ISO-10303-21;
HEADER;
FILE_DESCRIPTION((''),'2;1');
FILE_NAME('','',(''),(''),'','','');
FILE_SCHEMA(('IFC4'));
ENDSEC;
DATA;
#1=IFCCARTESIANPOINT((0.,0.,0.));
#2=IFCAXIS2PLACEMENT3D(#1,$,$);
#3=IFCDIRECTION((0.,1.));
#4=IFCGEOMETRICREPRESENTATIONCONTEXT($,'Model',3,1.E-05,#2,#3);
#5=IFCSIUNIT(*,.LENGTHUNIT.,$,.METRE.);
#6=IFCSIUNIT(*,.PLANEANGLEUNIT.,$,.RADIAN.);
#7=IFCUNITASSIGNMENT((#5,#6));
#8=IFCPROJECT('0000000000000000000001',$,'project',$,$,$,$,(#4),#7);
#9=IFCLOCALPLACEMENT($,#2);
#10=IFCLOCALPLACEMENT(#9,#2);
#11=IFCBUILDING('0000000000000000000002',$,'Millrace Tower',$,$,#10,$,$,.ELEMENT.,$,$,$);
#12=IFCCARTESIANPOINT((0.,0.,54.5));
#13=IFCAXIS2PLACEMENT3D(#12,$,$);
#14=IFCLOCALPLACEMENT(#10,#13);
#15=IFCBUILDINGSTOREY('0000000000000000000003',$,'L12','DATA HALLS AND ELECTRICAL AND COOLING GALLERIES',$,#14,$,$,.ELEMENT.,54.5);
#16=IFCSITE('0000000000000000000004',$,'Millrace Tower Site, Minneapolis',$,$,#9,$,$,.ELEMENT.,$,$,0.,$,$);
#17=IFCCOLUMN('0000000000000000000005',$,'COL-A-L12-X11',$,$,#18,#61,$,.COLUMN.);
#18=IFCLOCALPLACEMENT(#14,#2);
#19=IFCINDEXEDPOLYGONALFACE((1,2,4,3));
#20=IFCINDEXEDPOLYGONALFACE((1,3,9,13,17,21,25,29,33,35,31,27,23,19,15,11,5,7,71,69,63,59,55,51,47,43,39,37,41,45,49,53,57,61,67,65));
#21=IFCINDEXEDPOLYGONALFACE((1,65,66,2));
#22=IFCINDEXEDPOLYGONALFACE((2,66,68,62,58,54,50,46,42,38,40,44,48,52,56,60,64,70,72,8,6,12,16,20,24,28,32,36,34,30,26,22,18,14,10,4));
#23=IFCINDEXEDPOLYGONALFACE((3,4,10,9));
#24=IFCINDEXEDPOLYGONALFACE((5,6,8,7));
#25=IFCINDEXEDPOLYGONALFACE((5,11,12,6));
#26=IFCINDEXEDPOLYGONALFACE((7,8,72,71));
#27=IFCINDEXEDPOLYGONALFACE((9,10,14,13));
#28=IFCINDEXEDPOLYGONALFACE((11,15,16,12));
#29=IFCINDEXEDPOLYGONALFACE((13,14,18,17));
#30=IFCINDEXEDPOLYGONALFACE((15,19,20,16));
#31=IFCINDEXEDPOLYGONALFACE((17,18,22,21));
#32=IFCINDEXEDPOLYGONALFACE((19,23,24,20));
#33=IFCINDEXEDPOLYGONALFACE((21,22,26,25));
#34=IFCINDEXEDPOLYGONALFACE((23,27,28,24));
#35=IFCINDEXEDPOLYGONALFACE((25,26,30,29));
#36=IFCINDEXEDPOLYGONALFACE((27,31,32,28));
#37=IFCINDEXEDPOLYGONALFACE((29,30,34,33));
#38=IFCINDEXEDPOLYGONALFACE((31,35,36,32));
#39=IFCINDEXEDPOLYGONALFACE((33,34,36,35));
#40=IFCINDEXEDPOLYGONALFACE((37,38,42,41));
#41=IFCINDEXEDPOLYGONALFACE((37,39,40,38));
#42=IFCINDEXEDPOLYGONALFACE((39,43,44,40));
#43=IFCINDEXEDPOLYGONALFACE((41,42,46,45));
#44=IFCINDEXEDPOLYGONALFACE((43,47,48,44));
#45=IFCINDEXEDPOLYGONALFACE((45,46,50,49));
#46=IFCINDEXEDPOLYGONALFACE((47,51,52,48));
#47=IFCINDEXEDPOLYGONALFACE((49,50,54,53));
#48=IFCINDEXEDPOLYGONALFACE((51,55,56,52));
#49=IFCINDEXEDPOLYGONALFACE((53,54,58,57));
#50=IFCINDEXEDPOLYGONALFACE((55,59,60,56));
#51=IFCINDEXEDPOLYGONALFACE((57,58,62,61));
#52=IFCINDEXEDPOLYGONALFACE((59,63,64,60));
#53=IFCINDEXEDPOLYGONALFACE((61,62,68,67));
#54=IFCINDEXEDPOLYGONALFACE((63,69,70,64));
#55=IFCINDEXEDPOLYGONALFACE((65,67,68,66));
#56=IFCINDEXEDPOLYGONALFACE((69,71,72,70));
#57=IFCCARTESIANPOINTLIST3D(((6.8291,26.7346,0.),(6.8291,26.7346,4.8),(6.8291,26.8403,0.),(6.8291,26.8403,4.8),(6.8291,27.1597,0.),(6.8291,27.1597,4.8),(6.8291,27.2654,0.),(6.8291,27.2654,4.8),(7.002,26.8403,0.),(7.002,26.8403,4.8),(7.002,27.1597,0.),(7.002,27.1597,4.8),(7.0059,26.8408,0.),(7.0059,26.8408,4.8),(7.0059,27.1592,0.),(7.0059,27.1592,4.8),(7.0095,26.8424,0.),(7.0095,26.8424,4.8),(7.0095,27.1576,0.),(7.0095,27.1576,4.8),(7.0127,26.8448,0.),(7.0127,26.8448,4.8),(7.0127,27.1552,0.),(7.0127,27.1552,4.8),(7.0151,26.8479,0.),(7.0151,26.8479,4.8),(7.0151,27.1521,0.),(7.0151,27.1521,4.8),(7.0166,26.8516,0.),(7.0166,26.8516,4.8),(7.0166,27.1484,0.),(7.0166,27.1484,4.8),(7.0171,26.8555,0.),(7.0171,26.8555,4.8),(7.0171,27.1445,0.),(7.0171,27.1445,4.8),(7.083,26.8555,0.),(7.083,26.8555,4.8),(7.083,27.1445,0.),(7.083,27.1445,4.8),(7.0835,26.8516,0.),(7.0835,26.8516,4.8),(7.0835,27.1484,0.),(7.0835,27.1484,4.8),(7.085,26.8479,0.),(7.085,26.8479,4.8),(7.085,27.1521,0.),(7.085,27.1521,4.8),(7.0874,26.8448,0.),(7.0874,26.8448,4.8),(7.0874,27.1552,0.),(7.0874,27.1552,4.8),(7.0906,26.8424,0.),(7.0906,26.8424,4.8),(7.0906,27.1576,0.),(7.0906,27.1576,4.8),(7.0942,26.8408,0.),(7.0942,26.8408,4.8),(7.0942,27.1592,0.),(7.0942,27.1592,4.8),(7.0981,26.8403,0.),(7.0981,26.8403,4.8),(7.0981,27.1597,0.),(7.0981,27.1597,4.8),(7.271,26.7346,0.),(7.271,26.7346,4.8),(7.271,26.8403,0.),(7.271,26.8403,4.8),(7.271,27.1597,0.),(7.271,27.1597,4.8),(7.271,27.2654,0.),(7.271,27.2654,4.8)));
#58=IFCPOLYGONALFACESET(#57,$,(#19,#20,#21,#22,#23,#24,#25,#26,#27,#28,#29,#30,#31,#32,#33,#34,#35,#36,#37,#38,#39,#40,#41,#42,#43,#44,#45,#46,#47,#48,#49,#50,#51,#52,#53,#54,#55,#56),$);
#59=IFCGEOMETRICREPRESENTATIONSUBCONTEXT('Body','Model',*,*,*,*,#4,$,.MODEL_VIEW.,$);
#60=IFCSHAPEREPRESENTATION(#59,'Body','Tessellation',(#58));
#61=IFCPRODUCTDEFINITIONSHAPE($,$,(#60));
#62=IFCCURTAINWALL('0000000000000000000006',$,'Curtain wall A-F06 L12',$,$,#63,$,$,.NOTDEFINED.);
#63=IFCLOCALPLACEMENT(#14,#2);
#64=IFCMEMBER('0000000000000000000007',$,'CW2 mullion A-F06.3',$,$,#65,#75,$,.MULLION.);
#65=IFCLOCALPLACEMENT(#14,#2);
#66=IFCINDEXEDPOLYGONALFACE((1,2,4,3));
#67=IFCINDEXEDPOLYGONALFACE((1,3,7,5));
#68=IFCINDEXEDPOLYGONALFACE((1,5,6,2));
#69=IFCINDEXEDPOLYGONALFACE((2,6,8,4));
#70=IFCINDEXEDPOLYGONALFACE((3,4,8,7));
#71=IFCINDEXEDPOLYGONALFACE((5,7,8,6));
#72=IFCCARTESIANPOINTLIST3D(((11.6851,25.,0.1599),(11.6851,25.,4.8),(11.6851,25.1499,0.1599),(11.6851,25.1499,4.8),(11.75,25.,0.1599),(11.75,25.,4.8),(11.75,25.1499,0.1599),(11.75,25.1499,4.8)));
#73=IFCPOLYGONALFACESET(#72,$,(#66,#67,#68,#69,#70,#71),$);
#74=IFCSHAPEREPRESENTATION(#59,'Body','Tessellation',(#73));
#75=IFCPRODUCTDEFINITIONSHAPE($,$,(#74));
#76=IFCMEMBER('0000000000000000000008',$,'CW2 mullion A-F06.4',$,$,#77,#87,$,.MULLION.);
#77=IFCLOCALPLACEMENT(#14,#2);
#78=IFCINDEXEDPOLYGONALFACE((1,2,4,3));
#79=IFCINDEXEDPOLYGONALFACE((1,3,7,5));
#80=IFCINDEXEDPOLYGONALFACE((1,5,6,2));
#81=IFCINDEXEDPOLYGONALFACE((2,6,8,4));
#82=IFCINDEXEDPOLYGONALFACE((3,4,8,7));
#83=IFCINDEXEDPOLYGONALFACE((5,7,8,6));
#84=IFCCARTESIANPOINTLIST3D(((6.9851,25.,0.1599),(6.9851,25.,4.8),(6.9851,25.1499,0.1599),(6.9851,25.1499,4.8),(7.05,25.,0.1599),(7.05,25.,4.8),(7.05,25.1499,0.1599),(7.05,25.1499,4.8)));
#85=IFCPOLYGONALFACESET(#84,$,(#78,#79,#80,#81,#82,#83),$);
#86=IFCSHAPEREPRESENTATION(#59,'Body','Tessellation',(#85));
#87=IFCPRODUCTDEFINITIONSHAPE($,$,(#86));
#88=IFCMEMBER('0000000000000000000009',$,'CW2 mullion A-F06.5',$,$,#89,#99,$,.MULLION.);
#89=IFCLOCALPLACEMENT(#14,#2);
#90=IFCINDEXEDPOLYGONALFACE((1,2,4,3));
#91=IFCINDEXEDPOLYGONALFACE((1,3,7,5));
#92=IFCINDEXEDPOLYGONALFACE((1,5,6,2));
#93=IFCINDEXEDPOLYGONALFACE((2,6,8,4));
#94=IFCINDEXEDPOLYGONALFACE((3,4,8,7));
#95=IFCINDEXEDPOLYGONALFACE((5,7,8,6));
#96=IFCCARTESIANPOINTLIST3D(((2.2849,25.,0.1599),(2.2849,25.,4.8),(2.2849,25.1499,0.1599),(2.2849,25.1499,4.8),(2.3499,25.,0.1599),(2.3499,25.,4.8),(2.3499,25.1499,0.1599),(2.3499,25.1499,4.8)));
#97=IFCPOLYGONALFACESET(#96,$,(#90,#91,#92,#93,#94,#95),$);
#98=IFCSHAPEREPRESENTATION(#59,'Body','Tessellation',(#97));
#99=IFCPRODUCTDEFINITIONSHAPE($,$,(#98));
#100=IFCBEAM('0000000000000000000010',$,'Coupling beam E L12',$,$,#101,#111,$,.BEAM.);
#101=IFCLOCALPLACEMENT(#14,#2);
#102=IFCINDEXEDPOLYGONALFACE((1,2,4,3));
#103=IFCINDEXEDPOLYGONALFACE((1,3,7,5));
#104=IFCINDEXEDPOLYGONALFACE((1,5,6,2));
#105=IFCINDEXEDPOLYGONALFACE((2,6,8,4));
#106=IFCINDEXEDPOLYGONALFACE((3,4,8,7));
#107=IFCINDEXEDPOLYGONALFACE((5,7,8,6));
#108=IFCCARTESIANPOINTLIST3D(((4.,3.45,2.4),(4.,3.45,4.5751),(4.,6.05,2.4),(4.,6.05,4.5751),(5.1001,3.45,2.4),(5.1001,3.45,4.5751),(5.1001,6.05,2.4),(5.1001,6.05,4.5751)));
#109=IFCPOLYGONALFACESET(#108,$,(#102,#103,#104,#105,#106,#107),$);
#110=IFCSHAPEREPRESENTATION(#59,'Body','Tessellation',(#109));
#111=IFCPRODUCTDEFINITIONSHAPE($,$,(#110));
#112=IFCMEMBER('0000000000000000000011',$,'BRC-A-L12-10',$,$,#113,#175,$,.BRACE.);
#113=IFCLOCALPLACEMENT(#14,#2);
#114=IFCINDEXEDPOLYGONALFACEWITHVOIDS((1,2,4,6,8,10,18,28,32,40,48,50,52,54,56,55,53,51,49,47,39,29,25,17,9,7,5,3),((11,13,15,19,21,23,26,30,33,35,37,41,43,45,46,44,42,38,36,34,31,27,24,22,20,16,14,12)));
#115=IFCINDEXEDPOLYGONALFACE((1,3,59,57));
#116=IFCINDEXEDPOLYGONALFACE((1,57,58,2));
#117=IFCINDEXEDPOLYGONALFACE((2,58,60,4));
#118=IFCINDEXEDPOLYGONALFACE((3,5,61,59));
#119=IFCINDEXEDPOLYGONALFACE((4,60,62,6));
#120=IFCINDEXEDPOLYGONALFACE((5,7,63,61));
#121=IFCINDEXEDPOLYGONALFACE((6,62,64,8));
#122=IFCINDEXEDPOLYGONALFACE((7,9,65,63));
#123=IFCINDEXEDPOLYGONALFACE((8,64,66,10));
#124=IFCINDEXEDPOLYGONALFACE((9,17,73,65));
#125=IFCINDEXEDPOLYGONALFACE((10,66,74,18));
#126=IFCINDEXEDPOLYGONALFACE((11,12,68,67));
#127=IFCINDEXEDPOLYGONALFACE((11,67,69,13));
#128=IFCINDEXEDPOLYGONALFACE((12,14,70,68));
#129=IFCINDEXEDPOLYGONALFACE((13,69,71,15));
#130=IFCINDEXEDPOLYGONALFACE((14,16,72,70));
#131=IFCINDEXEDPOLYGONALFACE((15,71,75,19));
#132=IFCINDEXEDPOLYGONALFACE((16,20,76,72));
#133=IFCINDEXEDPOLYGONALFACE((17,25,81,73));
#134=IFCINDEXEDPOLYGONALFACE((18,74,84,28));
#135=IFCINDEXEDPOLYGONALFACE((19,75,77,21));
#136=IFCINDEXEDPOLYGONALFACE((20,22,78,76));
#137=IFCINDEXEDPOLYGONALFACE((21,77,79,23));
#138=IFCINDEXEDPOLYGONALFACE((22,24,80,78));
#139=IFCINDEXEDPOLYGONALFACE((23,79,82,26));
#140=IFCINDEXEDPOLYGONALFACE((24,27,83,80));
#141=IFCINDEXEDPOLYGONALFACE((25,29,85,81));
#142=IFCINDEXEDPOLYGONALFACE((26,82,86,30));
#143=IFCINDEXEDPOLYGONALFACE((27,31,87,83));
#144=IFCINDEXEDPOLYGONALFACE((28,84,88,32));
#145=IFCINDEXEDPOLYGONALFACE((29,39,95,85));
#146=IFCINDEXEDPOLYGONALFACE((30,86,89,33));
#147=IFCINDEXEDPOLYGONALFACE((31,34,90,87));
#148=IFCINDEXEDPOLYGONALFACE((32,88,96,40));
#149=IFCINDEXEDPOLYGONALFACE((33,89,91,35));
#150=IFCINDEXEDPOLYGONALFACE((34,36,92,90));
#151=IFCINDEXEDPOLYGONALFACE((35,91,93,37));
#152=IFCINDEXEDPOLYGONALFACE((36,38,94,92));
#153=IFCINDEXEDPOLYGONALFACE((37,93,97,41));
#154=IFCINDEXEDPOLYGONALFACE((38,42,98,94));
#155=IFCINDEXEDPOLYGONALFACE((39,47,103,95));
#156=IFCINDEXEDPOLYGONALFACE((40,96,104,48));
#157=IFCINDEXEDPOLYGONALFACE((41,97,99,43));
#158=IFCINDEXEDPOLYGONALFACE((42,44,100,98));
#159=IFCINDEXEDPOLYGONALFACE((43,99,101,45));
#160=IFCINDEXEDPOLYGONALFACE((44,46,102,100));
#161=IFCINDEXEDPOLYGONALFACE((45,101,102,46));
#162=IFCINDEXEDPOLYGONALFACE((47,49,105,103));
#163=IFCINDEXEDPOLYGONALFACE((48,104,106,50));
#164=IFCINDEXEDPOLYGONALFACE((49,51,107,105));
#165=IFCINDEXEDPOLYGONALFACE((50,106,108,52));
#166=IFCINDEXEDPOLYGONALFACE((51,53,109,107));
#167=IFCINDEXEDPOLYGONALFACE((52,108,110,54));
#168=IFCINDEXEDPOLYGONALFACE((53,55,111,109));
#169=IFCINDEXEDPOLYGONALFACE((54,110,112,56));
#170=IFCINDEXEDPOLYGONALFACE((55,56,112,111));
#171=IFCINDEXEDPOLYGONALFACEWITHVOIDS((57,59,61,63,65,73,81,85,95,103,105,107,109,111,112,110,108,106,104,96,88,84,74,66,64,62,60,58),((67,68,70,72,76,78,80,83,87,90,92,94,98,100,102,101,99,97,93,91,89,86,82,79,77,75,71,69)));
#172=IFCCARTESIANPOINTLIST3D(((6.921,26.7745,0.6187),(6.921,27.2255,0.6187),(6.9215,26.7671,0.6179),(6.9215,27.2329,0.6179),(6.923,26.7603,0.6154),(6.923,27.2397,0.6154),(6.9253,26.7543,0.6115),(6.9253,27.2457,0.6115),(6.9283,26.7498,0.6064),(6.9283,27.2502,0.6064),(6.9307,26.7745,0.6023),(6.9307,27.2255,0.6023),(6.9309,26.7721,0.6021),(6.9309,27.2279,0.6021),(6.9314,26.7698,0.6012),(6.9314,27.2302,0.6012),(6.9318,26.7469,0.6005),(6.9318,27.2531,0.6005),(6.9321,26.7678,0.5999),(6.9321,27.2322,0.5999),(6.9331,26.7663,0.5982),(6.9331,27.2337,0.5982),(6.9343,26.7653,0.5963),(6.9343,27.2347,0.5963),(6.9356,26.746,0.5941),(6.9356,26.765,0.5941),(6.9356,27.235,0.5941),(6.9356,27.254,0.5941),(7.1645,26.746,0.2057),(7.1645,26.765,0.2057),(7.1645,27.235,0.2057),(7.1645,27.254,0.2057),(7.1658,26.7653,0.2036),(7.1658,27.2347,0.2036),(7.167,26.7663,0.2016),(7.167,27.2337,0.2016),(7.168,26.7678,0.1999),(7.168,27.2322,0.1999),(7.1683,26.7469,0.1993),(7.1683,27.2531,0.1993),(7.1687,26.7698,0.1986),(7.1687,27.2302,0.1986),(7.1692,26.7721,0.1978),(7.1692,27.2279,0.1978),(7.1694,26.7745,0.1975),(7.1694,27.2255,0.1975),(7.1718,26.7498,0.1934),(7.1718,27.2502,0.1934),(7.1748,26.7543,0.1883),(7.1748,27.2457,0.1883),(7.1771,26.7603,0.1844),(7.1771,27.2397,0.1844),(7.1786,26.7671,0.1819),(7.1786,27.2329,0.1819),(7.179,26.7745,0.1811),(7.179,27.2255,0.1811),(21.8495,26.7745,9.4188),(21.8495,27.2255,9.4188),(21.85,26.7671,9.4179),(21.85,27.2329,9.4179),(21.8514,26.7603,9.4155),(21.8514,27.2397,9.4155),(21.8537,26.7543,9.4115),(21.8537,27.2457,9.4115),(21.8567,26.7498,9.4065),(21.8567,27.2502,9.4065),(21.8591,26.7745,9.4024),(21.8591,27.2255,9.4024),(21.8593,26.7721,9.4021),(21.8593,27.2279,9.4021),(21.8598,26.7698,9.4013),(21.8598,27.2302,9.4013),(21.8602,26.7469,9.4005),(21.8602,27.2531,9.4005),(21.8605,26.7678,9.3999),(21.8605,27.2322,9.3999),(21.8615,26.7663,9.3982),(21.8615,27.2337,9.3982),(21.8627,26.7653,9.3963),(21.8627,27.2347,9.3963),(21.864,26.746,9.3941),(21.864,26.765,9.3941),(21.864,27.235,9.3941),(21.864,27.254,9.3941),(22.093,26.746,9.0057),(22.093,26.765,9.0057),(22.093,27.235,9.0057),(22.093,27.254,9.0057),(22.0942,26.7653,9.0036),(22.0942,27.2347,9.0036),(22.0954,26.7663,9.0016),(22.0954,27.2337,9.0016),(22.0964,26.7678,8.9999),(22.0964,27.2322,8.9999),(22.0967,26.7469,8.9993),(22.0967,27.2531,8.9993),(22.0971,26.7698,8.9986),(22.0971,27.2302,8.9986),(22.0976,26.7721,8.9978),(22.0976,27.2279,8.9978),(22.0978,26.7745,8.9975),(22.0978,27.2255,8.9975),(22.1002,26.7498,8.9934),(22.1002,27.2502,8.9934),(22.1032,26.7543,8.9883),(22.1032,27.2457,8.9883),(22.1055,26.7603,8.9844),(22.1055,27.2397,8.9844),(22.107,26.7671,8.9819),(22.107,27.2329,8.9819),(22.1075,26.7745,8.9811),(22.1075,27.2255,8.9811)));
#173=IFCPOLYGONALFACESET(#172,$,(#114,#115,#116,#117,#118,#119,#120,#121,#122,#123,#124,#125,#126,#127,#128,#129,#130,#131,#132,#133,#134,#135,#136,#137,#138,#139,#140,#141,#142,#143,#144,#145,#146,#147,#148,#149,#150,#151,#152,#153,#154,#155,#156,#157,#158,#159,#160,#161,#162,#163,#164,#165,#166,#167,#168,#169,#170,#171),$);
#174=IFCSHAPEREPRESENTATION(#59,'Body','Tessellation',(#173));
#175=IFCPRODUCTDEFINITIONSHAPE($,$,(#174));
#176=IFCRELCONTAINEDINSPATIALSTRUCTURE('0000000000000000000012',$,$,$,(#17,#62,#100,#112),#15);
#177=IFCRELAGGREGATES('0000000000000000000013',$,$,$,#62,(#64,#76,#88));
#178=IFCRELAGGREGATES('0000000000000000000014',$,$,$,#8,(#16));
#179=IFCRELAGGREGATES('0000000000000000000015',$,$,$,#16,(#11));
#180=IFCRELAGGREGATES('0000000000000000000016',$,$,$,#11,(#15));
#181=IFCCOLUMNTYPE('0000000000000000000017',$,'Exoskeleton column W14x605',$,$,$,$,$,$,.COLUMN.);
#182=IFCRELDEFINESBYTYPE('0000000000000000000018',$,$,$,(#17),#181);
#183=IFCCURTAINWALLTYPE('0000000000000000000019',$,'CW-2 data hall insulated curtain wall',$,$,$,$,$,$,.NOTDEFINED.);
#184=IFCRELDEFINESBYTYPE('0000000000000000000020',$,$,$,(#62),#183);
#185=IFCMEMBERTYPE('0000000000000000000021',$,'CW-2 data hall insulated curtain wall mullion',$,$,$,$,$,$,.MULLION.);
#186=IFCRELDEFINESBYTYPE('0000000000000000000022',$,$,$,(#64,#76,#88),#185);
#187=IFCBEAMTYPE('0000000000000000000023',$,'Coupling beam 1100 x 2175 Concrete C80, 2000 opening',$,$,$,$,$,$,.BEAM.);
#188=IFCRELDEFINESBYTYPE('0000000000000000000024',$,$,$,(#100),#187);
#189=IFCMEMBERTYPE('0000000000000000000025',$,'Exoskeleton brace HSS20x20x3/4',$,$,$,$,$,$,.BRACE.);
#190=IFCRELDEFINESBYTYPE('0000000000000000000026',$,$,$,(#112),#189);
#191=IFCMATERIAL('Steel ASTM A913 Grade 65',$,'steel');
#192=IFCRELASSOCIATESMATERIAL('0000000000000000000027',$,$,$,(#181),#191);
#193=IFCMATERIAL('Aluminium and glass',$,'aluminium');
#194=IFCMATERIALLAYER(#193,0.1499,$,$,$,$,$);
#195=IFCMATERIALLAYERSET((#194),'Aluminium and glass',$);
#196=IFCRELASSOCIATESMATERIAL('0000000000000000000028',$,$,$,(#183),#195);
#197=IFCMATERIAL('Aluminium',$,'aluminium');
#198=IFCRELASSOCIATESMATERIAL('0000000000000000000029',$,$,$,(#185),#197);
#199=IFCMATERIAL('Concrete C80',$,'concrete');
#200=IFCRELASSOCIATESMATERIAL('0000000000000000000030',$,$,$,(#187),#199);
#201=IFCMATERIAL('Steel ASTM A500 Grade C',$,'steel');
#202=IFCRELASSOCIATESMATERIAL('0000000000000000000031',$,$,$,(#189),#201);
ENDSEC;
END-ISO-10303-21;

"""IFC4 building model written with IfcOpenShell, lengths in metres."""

from ifc_helpers import new_model, si_unit, direction, frame, origin, origin_2d, place, context, subcontext, project, spatial, rectangle, hollow_rectangle, i_section, extrude, material, layer, layer_set, material_profile, profile_set, type_object, element, aggregate, save


model = new_model("IFC4")

# Units and contexts
model_context = context("Model", 3, precision=1e-05, world=origin(), true_north=direction((0.0, 1.0)))
body_context = subcontext(model_context, "Body", "Model", "MODEL_VIEW")
ifc_project = project(units=[si_unit("LENGTHUNIT", "METRE"), si_unit("PLANEANGLEUNIT", "RADIAN")], contexts=[model_context])

# Site, building, storey
site_placement = place(None, origin())
site = spatial("IfcSite", under=ifc_project, at=site_placement, Name="Millrace Tower Site, Minneapolis", CompositionType="ELEMENT", RefElevation=0.0)
building_placement = place(site_placement, origin())
building = spatial("IfcBuilding", under=site, at=building_placement, Name="Millrace Tower", CompositionType="ELEMENT")
storey_placement = place(building_placement, frame((0.0, 0.0, 54.5)))
storey = spatial("IfcBuildingStorey", under=building, at=storey_placement, Name="L12", Description="DATA HALLS AND ELECTRICAL AND COOLING GALLERIES", CompositionType="ELEMENT", Elevation=54.5)

# Column
ifc_material_1 = material(Name="Steel ASTM A913 Grade 65", Category="steel")
ifc_material_profile_1 = material_profile(ifc_material_1, i_section(OverallWidth=0.4419, OverallDepth=0.5308, WebThickness=0.0659, FlangeThickness=0.1057, FilletRadius=0.0151, at=origin_2d()))
ifc_profile_set_1 = profile_set([ifc_material_profile_1], Name="Steel ASTM A913 Grade 65")
column_type = type_object("IfcColumnType", Name="Exoskeleton column W14x605", PredefinedType="COLUMN", material=ifc_profile_set_1)
column_placement = place(storey_placement, frame((7.05, 27.0, 0.0), z_axis=(0.0, 0.0, 1.0), x_axis=(-1.0, 0.0, 0.0)))
element("IfcColumn", 1, at=column_placement, inside=storey, type_object=column_type, Name="COL-A-L12-X11", PredefinedType="COLUMN", context=body_context, shape_type="SweptSolid", body=[
    extrude(i_section(OverallWidth=0.4419, OverallDepth=0.5308, WebThickness=0.0659, FlangeThickness=0.1057, FilletRadius=0.0151, at=origin_2d()), origin(), (0.0, 0.0, 1.0), 4.8),
])

# Curtain wall, members
ifc_material_2 = material(Name="Aluminium and glass", Category="aluminium")
ifc_layer_1 = layer(ifc_material_2, 0.1499)
ifc_layer_set_1 = layer_set([ifc_layer_1], Name="Aluminium and glass")
curtain_wall_type = type_object("IfcCurtainWallType", Name="CW-2 data hall insulated curtain wall", PredefinedType="NOTDEFINED", material=ifc_layer_set_1)
curtain_wall_placement = place(storey_placement, origin())
curtain_wall = element("IfcCurtainWall", 2, at=curtain_wall_placement, inside=storey, type_object=curtain_wall_type, Name="Curtain wall A-F06 L12", PredefinedType="NOTDEFINED")
ifc_material_3 = material(Name="Aluminium", Category="aluminium")
ifc_material_profile_2 = material_profile(ifc_material_3, rectangle(XDim=0.0649, YDim=0.1499, at=origin_2d()))
ifc_profile_set_2 = profile_set([ifc_material_profile_2], Name="Aluminium")
member_type_1 = type_object("IfcMemberType", Name="CW-2 data hall insulated curtain wall mullion", PredefinedType="MULLION", material=ifc_profile_set_2)
member_1_placement = place(storey_placement, frame((11.7175, 25.075, 0.1599), z_axis=(0.0, 0.0, 1.0), x_axis=(-1.0, 0.0, 0.0)))
member_1 = element("IfcMember", 3, at=member_1_placement, type_object=member_type_1, Name="CW2 mullion A-F06.3", PredefinedType="MULLION", context=body_context, shape_type="SweptSolid", body=[
    extrude(rectangle(XDim=0.0649, YDim=0.1499, at=origin_2d()), origin(), (0.0, 0.0, 1.0), 4.6401),
])
member_2_placement = place(storey_placement, frame((7.0176, 25.075, 0.1599), z_axis=(0.0, 0.0, 1.0), x_axis=(-1.0, 0.0, 0.0)))
member_2 = element("IfcMember", 4, at=member_2_placement, type_object=member_type_1, Name="CW2 mullion A-F06.4", PredefinedType="MULLION", context=body_context, shape_type="SweptSolid", body=[
    extrude(rectangle(XDim=0.0649, YDim=0.1499, at=origin_2d()), origin(), (0.0, 0.0, 1.0), 4.6401),
])
member_3_placement = place(storey_placement, frame((2.3174, 25.075, 0.1599), z_axis=(0.0, 0.0, 1.0), x_axis=(-1.0, 0.0, 0.0)))
member_3 = element("IfcMember", 5, at=member_3_placement, type_object=member_type_1, Name="CW2 mullion A-F06.5", PredefinedType="MULLION", context=body_context, shape_type="SweptSolid", body=[
    extrude(rectangle(XDim=0.0649, YDim=0.1499, at=origin_2d()), origin(), (0.0, 0.0, 1.0), 4.6401),
])
aggregate(curtain_wall, [member_1, member_2, member_3])

# Beam
ifc_material_4 = material(Name="Concrete C80", Category="concrete")
ifc_material_profile_3 = material_profile(ifc_material_4, rectangle(XDim=1.1001, YDim=2.175, at=origin_2d()))
ifc_profile_set_3 = profile_set([ifc_material_profile_3], Name="Concrete C80")
beam_type_1 = type_object("IfcBeamType", Name="Coupling beam 1100 x 2175 Concrete C80, 2000 opening", PredefinedType="BEAM", material=ifc_profile_set_3)
beam_1_placement = place(storey_placement, frame((4.55, 6.05, 3.4875), z_axis=(0.0, -1.0, 0.0), x_axis=(1.0, 0.0, 0.0)))
element("IfcBeam", 6, at=beam_1_placement, inside=storey, type_object=beam_type_1, Name="Coupling beam E L12", PredefinedType="BEAM", context=body_context, shape_type="SweptSolid", body=[
    extrude(rectangle(XDim=1.1001, YDim=2.175, at=origin_2d()), origin(), (0.0, 0.0, 1.0), 2.6001),
])

# Member
ifc_material_5 = material(Name="Steel ASTM A500 Grade C", Category="steel")
ifc_material_profile_4 = material_profile(ifc_material_5, hollow_rectangle(XDim=0.5081, YDim=0.5081, WallThickness=0.019, InnerFilletRadius=0.0095, OuterFilletRadius=0.0286, at=origin_2d()))
ifc_profile_set_4 = profile_set([ifc_material_profile_4], Name="Steel ASTM A500 Grade C")
member_type_2 = type_object("IfcMemberType", Name="Exoskeleton brace HSS20x20x3/4", PredefinedType="BRACE", material=ifc_profile_set_4)
member_4_placement = place(storey_placement, frame((7.05, 27.0, 0.3999), z_axis=(0.861465, 0.0, 0.507817), x_axis=(0.0, 1.0, 0.0)))
element("IfcMember", 7, at=member_4_placement, inside=storey, type_object=member_type_2, Name="BRC-A-L12-10", PredefinedType="BRACE", context=body_context, shape_type="SweptSolid", body=[
    extrude(hollow_rectangle(XDim=0.5081, YDim=0.5081, WallThickness=0.019, InnerFilletRadius=0.0095, OuterFilletRadius=0.0286, at=origin_2d()), origin(), (0.0, 0.0, 1.0), 17.3291),
])

save(model, "model.ifc")
